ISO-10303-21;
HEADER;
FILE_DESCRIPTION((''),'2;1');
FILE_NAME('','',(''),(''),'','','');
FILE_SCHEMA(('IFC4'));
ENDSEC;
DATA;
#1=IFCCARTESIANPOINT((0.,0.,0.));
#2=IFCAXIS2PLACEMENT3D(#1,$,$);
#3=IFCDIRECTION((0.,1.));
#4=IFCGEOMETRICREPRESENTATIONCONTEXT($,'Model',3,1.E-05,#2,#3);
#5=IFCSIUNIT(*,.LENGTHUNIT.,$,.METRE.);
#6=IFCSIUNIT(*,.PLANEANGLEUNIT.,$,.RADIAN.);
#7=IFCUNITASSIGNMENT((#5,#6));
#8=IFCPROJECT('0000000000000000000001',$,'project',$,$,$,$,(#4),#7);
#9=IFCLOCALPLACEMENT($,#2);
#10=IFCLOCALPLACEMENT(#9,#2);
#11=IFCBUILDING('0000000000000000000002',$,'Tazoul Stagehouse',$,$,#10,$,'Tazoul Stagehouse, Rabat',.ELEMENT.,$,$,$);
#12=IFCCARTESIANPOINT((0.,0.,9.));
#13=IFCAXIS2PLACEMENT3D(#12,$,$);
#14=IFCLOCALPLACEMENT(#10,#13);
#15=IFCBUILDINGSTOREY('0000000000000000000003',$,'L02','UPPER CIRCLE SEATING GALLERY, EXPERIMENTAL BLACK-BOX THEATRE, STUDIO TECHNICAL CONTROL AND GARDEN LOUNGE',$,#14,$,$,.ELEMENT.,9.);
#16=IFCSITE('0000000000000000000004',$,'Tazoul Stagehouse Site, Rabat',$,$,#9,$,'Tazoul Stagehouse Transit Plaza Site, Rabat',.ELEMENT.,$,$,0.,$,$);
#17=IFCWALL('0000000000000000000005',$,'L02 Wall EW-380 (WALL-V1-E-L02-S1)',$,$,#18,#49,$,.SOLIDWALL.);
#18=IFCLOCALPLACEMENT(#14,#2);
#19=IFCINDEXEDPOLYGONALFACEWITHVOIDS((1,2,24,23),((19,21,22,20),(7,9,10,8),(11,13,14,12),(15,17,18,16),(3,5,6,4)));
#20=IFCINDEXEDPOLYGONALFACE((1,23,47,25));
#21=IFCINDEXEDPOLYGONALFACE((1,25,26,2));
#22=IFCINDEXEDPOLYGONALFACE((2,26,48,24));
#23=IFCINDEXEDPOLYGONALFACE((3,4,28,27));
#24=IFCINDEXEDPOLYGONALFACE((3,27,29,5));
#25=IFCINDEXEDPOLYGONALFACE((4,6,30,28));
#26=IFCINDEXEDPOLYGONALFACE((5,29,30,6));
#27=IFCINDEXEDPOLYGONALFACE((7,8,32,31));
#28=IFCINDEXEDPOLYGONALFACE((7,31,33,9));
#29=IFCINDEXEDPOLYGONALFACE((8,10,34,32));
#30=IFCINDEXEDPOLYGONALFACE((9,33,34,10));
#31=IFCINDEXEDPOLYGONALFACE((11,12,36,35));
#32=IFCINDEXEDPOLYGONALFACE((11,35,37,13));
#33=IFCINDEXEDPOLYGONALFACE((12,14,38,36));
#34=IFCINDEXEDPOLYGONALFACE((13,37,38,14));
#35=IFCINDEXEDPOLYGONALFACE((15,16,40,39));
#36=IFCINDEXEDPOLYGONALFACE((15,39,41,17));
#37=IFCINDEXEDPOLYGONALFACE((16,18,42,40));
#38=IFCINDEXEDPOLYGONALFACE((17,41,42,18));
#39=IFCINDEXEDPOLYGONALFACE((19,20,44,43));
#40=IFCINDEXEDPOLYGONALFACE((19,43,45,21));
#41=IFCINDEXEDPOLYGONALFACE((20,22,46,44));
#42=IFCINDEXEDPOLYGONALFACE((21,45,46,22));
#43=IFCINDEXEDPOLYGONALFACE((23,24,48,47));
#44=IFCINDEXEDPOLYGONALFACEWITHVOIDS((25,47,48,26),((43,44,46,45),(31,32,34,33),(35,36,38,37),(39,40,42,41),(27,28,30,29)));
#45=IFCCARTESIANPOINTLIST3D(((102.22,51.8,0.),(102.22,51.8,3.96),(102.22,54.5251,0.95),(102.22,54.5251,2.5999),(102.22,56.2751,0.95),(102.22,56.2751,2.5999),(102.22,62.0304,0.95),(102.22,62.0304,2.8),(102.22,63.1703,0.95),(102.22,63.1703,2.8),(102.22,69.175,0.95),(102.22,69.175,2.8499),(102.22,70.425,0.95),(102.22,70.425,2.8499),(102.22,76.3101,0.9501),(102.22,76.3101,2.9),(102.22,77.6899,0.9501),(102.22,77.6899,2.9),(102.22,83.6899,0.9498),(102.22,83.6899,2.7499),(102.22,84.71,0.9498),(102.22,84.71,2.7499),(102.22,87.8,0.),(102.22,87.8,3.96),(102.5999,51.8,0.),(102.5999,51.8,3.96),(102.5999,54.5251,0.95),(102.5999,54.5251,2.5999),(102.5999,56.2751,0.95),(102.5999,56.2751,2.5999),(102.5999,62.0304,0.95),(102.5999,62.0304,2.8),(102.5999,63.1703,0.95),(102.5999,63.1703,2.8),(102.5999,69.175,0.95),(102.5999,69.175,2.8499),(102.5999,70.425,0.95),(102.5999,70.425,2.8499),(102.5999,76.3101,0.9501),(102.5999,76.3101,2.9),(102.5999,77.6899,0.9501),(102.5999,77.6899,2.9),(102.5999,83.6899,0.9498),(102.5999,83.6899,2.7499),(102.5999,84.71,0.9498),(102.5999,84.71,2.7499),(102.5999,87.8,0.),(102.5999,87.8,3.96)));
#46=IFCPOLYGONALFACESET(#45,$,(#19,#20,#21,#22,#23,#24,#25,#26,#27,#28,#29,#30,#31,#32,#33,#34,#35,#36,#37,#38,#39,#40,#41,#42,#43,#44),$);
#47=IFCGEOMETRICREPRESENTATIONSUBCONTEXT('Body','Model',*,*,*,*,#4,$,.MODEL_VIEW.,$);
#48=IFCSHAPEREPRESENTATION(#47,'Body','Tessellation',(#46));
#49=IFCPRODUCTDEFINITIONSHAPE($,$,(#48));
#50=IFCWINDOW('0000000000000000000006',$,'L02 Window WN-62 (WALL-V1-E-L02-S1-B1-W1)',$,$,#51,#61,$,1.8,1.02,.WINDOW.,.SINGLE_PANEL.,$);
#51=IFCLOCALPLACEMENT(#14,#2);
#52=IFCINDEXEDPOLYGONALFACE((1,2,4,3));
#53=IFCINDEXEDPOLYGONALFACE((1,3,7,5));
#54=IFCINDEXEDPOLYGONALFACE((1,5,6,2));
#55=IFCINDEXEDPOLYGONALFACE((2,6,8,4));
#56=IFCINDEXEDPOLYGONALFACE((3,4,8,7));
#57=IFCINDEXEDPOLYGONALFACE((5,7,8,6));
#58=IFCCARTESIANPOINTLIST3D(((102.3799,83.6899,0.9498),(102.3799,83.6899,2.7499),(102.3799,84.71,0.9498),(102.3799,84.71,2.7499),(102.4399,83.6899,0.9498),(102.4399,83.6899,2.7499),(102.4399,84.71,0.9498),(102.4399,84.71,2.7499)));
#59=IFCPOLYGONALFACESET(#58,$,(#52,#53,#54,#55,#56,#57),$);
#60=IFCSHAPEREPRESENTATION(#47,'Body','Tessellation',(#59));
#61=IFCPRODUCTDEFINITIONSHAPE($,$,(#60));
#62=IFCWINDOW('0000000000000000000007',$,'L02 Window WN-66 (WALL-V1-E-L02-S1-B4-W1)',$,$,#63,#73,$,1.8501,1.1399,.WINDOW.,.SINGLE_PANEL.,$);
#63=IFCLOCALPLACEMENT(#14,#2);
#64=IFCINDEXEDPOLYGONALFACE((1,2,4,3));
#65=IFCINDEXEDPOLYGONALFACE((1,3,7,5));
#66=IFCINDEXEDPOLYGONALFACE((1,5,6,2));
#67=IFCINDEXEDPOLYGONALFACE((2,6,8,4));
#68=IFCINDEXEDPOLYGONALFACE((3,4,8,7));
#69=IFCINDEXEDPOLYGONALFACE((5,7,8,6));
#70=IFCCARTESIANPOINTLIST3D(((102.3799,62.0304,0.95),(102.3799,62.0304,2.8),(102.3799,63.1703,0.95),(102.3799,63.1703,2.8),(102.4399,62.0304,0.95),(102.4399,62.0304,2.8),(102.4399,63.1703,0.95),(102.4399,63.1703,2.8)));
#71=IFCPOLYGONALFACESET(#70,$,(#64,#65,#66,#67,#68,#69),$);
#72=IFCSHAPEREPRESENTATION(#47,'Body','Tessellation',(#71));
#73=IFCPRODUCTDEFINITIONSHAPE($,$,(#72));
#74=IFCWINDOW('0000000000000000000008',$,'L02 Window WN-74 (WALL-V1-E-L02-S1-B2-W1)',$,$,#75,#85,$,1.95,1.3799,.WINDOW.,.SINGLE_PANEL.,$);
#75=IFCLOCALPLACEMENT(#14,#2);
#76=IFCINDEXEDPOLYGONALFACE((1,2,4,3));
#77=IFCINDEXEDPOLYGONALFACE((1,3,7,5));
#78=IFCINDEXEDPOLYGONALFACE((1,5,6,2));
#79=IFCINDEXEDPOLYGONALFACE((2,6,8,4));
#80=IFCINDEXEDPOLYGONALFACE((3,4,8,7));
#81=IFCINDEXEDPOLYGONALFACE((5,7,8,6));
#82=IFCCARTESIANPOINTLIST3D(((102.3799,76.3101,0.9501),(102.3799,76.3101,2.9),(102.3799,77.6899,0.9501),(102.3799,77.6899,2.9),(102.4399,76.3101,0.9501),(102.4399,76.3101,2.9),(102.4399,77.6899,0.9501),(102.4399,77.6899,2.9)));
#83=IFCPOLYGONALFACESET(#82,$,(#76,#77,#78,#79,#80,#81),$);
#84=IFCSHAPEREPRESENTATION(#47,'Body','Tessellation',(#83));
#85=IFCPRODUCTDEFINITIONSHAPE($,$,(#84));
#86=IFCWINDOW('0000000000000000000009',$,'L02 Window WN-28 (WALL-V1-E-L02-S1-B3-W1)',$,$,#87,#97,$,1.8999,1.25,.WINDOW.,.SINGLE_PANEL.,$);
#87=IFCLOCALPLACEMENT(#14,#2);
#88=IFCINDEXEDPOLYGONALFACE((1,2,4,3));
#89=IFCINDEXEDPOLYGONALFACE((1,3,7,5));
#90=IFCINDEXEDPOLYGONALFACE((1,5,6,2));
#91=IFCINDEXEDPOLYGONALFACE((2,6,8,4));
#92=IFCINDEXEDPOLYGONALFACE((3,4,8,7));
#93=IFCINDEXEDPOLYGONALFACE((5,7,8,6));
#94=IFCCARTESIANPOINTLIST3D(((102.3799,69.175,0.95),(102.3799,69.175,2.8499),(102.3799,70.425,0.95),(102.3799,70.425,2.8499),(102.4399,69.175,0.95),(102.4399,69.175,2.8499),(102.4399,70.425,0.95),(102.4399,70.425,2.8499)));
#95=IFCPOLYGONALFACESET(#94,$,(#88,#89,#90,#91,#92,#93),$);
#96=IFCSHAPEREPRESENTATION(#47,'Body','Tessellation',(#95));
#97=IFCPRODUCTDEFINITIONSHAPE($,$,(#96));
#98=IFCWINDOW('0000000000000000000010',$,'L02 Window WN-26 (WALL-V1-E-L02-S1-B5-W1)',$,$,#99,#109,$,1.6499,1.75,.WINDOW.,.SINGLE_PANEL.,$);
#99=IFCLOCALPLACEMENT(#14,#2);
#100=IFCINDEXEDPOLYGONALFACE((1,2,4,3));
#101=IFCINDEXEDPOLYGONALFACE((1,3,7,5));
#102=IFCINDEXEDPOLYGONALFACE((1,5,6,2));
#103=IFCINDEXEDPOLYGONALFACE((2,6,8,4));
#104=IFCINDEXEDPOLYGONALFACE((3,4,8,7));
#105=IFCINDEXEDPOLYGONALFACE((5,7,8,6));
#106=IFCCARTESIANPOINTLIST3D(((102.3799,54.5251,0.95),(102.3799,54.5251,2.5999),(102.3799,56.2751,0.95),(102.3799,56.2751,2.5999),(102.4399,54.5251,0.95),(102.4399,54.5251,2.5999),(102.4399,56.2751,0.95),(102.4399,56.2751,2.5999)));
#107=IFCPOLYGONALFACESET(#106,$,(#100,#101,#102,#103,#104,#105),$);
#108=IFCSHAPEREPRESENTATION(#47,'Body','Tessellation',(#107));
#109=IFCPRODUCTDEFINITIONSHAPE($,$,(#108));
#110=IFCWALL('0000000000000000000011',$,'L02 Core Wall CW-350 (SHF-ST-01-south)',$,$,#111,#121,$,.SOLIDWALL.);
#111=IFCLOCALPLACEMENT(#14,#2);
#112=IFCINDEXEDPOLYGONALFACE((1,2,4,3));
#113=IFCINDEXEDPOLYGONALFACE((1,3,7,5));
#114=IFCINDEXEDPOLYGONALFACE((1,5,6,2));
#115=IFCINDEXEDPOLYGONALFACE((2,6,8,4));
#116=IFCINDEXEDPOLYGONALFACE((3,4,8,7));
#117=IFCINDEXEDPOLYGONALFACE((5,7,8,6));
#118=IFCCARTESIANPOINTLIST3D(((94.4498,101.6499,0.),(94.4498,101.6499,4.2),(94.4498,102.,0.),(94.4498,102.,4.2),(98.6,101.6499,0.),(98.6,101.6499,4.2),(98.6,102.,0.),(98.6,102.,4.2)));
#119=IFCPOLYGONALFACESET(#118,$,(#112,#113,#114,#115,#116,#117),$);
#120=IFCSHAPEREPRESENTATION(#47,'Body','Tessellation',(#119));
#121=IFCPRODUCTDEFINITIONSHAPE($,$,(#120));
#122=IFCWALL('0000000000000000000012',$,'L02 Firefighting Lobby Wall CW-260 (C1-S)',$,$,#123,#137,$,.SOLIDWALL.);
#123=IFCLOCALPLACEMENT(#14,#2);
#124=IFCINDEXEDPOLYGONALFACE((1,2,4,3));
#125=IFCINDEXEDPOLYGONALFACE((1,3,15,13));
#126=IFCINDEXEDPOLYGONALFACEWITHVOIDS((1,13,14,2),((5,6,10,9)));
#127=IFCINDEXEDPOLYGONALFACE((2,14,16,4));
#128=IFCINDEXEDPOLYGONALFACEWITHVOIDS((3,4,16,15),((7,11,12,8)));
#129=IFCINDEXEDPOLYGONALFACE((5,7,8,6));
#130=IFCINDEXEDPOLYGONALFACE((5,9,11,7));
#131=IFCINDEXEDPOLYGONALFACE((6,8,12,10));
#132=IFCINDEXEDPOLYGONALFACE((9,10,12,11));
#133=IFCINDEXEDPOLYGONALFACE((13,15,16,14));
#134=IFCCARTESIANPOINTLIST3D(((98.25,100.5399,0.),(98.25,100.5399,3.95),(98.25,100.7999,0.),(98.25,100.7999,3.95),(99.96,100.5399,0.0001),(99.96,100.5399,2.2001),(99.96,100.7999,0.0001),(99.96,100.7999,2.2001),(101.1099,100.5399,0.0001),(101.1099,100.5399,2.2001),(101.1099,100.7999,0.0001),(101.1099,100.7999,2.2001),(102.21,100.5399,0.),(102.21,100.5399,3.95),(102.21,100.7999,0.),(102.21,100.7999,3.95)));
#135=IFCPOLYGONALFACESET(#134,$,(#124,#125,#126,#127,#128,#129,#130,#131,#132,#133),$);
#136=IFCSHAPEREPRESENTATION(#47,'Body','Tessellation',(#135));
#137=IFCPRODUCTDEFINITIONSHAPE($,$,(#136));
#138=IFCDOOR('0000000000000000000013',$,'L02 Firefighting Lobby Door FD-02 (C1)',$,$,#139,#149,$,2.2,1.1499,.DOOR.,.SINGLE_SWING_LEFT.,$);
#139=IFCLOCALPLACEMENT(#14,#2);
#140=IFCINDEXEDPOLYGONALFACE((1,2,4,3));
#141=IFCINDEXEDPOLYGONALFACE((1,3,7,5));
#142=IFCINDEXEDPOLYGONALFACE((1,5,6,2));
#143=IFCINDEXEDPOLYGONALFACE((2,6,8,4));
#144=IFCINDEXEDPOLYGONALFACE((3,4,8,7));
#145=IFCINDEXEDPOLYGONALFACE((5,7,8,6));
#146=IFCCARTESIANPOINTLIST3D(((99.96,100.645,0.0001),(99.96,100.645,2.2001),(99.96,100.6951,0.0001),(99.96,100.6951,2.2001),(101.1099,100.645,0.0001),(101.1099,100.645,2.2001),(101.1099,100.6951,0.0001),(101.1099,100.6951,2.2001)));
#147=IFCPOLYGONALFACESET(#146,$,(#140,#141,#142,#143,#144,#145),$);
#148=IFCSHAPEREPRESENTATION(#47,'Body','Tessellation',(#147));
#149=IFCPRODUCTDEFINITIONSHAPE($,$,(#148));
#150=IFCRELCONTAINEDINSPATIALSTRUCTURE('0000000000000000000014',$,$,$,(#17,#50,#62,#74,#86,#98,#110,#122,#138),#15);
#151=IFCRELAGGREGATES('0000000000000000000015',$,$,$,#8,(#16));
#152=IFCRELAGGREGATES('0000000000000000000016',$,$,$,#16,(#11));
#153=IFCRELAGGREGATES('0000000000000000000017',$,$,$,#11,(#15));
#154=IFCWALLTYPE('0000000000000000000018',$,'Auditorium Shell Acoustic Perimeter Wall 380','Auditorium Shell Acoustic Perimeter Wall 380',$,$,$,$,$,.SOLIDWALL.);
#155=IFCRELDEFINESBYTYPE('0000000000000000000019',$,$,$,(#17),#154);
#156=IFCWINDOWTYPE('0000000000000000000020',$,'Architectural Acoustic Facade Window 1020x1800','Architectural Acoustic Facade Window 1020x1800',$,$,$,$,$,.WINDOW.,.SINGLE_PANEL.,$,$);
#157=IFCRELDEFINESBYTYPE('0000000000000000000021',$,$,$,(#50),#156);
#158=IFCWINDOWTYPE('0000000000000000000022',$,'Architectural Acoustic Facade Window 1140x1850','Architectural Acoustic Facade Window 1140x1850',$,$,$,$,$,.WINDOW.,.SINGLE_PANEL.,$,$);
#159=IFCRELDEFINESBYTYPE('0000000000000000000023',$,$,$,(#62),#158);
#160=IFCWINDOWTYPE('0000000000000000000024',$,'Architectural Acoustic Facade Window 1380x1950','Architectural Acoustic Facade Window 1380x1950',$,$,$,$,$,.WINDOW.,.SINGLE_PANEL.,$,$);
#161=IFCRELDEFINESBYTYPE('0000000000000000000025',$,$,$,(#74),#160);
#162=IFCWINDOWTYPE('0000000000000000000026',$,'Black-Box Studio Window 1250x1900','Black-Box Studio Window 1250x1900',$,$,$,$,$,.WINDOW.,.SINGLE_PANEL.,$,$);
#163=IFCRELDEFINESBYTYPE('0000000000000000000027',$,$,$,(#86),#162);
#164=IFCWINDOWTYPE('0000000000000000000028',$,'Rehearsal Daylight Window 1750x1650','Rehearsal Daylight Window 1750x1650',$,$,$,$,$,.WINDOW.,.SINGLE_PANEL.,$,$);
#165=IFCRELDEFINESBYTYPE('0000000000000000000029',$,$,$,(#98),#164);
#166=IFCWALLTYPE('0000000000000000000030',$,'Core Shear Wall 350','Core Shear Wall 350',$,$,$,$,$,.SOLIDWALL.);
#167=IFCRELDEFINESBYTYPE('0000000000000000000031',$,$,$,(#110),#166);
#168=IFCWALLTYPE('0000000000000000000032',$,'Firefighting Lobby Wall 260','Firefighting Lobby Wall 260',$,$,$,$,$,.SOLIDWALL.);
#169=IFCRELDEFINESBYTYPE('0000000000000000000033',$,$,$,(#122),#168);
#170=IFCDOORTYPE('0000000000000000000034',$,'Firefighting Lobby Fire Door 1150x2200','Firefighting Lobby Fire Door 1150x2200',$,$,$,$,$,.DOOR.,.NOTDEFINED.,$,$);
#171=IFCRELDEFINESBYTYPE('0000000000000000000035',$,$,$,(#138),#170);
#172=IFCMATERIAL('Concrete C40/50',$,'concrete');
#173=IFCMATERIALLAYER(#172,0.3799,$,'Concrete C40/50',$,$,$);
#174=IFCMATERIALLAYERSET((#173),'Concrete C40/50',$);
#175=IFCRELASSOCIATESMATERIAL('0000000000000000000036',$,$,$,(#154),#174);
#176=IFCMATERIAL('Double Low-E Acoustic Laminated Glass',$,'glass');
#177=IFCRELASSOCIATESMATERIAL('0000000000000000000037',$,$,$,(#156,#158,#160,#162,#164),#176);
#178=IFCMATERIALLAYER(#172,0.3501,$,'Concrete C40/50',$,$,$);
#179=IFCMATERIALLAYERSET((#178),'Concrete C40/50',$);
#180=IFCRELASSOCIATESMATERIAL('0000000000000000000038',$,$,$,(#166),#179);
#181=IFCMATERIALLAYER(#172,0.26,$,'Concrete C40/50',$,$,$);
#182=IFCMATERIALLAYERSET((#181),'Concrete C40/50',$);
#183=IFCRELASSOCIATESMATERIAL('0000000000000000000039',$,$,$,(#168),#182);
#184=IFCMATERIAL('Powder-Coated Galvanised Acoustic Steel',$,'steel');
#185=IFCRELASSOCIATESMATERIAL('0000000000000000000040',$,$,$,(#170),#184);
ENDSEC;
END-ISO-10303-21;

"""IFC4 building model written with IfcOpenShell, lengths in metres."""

from ifc_helpers import new_model, si_unit, direction, frame, frame_2d, origin, place, context, subcontext, project, spatial, rectangle, extrude, material, layer, layer_set, type_object, element, fill, save


model = new_model("IFC4")

# Units and contexts
model_context = context("Model", 3, precision=1e-05, world=origin(), true_north=direction((0.0, 1.0)))
body_context = subcontext(model_context, "Body", "Model", "MODEL_VIEW")
ifc_project = project(units=[si_unit("LENGTHUNIT", "METRE"), si_unit("PLANEANGLEUNIT", "RADIAN")], contexts=[model_context])

# Site, building, storey
site_placement = place(None, origin())
site = spatial("IfcSite", under=ifc_project, at=site_placement, Name="Tazoul Stagehouse Site, Rabat", LongName="Tazoul Stagehouse Transit Plaza Site, Rabat", CompositionType="ELEMENT", RefElevation=0.0)
building_placement = place(site_placement, origin())
building = spatial("IfcBuilding", under=site, at=building_placement, Name="Tazoul Stagehouse", LongName="Tazoul Stagehouse, Rabat", CompositionType="ELEMENT")
storey_placement = place(building_placement, frame((0.0, 0.0, 9.0)))
storey = spatial("IfcBuildingStorey", under=building, at=storey_placement, Name="L02", Description="UPPER CIRCLE SEATING GALLERY, EXPERIMENTAL BLACK-BOX THEATRE, STUDIO TECHNICAL CONTROL AND GARDEN LOUNGE", CompositionType="ELEMENT", Elevation=9.0)

# Shared definitions
ifc_material_1 = material(Name="Concrete C40/50", Category="concrete")

# Wall, openings, windows
ifc_layer_1 = layer(ifc_material_1, 0.3799, Name="Concrete C40/50")
ifc_layer_set_1 = layer_set([ifc_layer_1], Name="Concrete C40/50")
wall_type_1 = type_object("IfcWallType", Name="Auditorium Shell Acoustic Perimeter Wall 380", Description="Auditorium Shell Acoustic Perimeter Wall 380", PredefinedType="SOLIDWALL", material=ifc_layer_set_1)
wall_1_placement = place(storey_placement, frame((102.4099, 87.8, 0.0), z_axis=(0.0, 0.0, 1.0), x_axis=(0.0, -1.0, 0.0)))
wall_1 = element("IfcWall", 1, at=wall_1_placement, inside=storey, type_object=wall_type_1, Name="L02 Wall EW-380 (WALL-V1-E-L02-S1)", PredefinedType="SOLIDWALL", context=body_context, shape_type="SweptSolid", body=[
    extrude(rectangle(XDim=36.0, YDim=0.3799, at=frame_2d((18.0, 0.0))), origin(), (0.0, 0.0, 1.0), 3.96),
])
opening_1_placement = place(wall_1_placement, frame((3.0901, 0.0, 0.95)))
opening_1 = element("IfcOpeningElement", 2, at=opening_1_placement, cuts=wall_1, PredefinedType="OPENING", context=body_context, shape_type="SweptSolid", body=[
    extrude(rectangle(XDim=1.02, YDim=1.8, at=frame_2d((0.51, 0.8999))), frame((0.0, 0.21, 0.0), z_axis=(0.0, -1.0, 0.0), x_axis=(1.0, 0.0, 0.0)), (0.0, 0.0, 1.0), 0.4199),
])
opening_2_placement = place(wall_1_placement, frame((10.1101, 0.0, 0.95)))
opening_2 = element("IfcOpeningElement", 3, at=opening_2_placement, cuts=wall_1, PredefinedType="OPENING", context=body_context, shape_type="SweptSolid", body=[
    extrude(rectangle(XDim=1.3799, YDim=1.95, at=frame_2d((0.6899, 0.9751))), frame((0.0, 0.21, 0.0), z_axis=(0.0, -1.0, 0.0), x_axis=(1.0, 0.0, 0.0)), (0.0, 0.0, 1.0), 0.4199),
])
opening_3_placement = place(wall_1_placement, frame((17.375, 0.0, 0.95)))
opening_3 = element("IfcOpeningElement", 4, at=opening_3_placement, cuts=wall_1, PredefinedType="OPENING", context=body_context, shape_type="SweptSolid", body=[
    extrude(rectangle(XDim=1.25, YDim=1.8999, at=frame_2d((0.625, 0.95))), frame((0.0, 0.21, 0.0), z_axis=(0.0, -1.0, 0.0), x_axis=(1.0, 0.0, 0.0)), (0.0, 0.0, 1.0), 0.4199),
])
opening_4_placement = place(wall_1_placement, frame((24.6299, 0.0, 0.95)))
opening_4 = element("IfcOpeningElement", 5, at=opening_4_placement, cuts=wall_1, PredefinedType="OPENING", context=body_context, shape_type="SweptSolid", body=[
    extrude(rectangle(XDim=1.1399, YDim=1.8501, at=frame_2d((0.5698, 0.925))), frame((0.0, 0.21, 0.0), z_axis=(0.0, -1.0, 0.0), x_axis=(1.0, 0.0, 0.0)), (0.0, 0.0, 1.0), 0.4199),
])
opening_5_placement = place(wall_1_placement, frame((31.5249, 0.0, 0.95)))
opening_5 = element("IfcOpeningElement", 6, at=opening_5_placement, cuts=wall_1, PredefinedType="OPENING", context=body_context, shape_type="SweptSolid", body=[
    extrude(rectangle(XDim=1.75, YDim=1.6499, at=frame_2d((0.875, 0.825))), frame((0.0, 0.21, 0.0), z_axis=(0.0, -1.0, 0.0), x_axis=(1.0, 0.0, 0.0)), (0.0, 0.0, 1.0), 0.4199),
])
ifc_material_2 = material(Name="Double Low-E Acoustic Laminated Glass", Category="glass")
window_type_1 = type_object("IfcWindowType", Name="Architectural Acoustic Facade Window 1020x1800", Description="Architectural Acoustic Facade Window 1020x1800", PartitioningType="SINGLE_PANEL", PredefinedType="WINDOW", material=ifc_material_2)
window_1_placement = place(opening_1_placement, origin())
window_1 = element("IfcWindow", 7, at=window_1_placement, inside=storey, type_object=window_type_1, Name="L02 Window WN-62 (WALL-V1-E-L02-S1-B1-W1)", OverallHeight=1.8, OverallWidth=1.02, PartitioningType="SINGLE_PANEL", PredefinedType="WINDOW", context=body_context, shape_type="SweptSolid", body=[
    extrude(rectangle(XDim=1.02, YDim=1.8, at=frame_2d((0.51, 0.8999))), frame((0.0, 0.03, 0.0), z_axis=(0.0, -1.0, 0.0), x_axis=(1.0, 0.0, 0.0)), (0.0, 0.0, 1.0), 0.0601),
])
fill(opening_1, window_1)
window_type_2 = type_object("IfcWindowType", Name="Architectural Acoustic Facade Window 1140x1850", Description="Architectural Acoustic Facade Window 1140x1850", PartitioningType="SINGLE_PANEL", PredefinedType="WINDOW", material=ifc_material_2)
window_2_placement = place(opening_4_placement, origin())
window_2 = element("IfcWindow", 8, at=window_2_placement, inside=storey, type_object=window_type_2, Name="L02 Window WN-66 (WALL-V1-E-L02-S1-B4-W1)", OverallHeight=1.8501, OverallWidth=1.1399, PartitioningType="SINGLE_PANEL", PredefinedType="WINDOW", context=body_context, shape_type="SweptSolid", body=[
    extrude(rectangle(XDim=1.1399, YDim=1.8501, at=frame_2d((0.5698, 0.925))), frame((0.0, 0.03, 0.0), z_axis=(0.0, -1.0, 0.0), x_axis=(1.0, 0.0, 0.0)), (0.0, 0.0, 1.0), 0.0601),
])
fill(opening_4, window_2)
window_type_3 = type_object("IfcWindowType", Name="Architectural Acoustic Facade Window 1380x1950", Description="Architectural Acoustic Facade Window 1380x1950", PartitioningType="SINGLE_PANEL", PredefinedType="WINDOW", material=ifc_material_2)
window_3_placement = place(opening_2_placement, origin())
window_3 = element("IfcWindow", 9, at=window_3_placement, inside=storey, type_object=window_type_3, Name="L02 Window WN-74 (WALL-V1-E-L02-S1-B2-W1)", OverallHeight=1.95, OverallWidth=1.3799, PartitioningType="SINGLE_PANEL", PredefinedType="WINDOW", context=body_context, shape_type="SweptSolid", body=[
    extrude(rectangle(XDim=1.3799, YDim=1.95, at=frame_2d((0.6899, 0.9751))), frame((0.0, 0.03, 0.0), z_axis=(0.0, -1.0, 0.0), x_axis=(1.0, 0.0, 0.0)), (0.0, 0.0, 1.0), 0.0601),
])
fill(opening_2, window_3)
window_type_4 = type_object("IfcWindowType", Name="Black-Box Studio Window 1250x1900", Description="Black-Box Studio Window 1250x1900", PartitioningType="SINGLE_PANEL", PredefinedType="WINDOW", material=ifc_material_2)
window_4_placement = place(opening_3_placement, origin())
window_4 = element("IfcWindow", 10, at=window_4_placement, inside=storey, type_object=window_type_4, Name="L02 Window WN-28 (WALL-V1-E-L02-S1-B3-W1)", OverallHeight=1.8999, OverallWidth=1.25, PartitioningType="SINGLE_PANEL", PredefinedType="WINDOW", context=body_context, shape_type="SweptSolid", body=[
    extrude(rectangle(XDim=1.25, YDim=1.8999, at=frame_2d((0.625, 0.95))), frame((0.0, 0.03, 0.0), z_axis=(0.0, -1.0, 0.0), x_axis=(1.0, 0.0, 0.0)), (0.0, 0.0, 1.0), 0.0601),
])
fill(opening_3, window_4)
window_type_5 = type_object("IfcWindowType", Name="Rehearsal Daylight Window 1750x1650", Description="Rehearsal Daylight Window 1750x1650", PartitioningType="SINGLE_PANEL", PredefinedType="WINDOW", material=ifc_material_2)
window_5_placement = place(opening_5_placement, origin())
window_5 = element("IfcWindow", 11, at=window_5_placement, inside=storey, type_object=window_type_5, Name="L02 Window WN-26 (WALL-V1-E-L02-S1-B5-W1)", OverallHeight=1.6499, OverallWidth=1.75, PartitioningType="SINGLE_PANEL", PredefinedType="WINDOW", context=body_context, shape_type="SweptSolid", body=[
    extrude(rectangle(XDim=1.75, YDim=1.6499, at=frame_2d((0.875, 0.825))), frame((0.0, 0.03, 0.0), z_axis=(0.0, -1.0, 0.0), x_axis=(1.0, 0.0, 0.0)), (0.0, 0.0, 1.0), 0.0601),
])
fill(opening_5, window_5)

# Wall
ifc_layer_2 = layer(ifc_material_1, 0.3501, Name="Concrete C40/50")
ifc_layer_set_2 = layer_set([ifc_layer_2], Name="Concrete C40/50")
wall_type_2 = type_object("IfcWallType", Name="Core Shear Wall 350", Description="Core Shear Wall 350", PredefinedType="SOLIDWALL", material=ifc_layer_set_2)
wall_2_placement = place(storey_placement, frame((98.6001, 101.825, 0.0), z_axis=(0.0, 0.0, 1.0), x_axis=(-1.0, 0.0, 0.0)))
element("IfcWall", 12, at=wall_2_placement, inside=storey, type_object=wall_type_2, Name="L02 Core Wall CW-350 (SHF-ST-01-south)", PredefinedType="SOLIDWALL", context=body_context, shape_type="SweptSolid", body=[
    extrude(rectangle(XDim=4.1501, YDim=0.3501, at=frame_2d((2.0752, 0.0))), origin(), (0.0, 0.0, 1.0), 4.2),
])

# Wall, opening, door
ifc_layer_3 = layer(ifc_material_1, 0.26, Name="Concrete C40/50")
ifc_layer_set_3 = layer_set([ifc_layer_3], Name="Concrete C40/50")
wall_type_3 = type_object("IfcWallType", Name="Firefighting Lobby Wall 260", Description="Firefighting Lobby Wall 260", PredefinedType="SOLIDWALL", material=ifc_layer_set_3)
wall_3_placement = place(storey_placement, frame((102.21, 100.6699, 0.0), z_axis=(0.0, 0.0, 1.0), x_axis=(-1.0, 0.0, 0.0)))
wall_3 = element("IfcWall", 13, at=wall_3_placement, inside=storey, type_object=wall_type_3, Name="L02 Firefighting Lobby Wall CW-260 (C1-S)", PredefinedType="SOLIDWALL", context=body_context, shape_type="SweptSolid", body=[
    extrude(rectangle(XDim=3.96, YDim=0.26, at=frame_2d((1.98, 0.0))), origin(), (0.0, 0.0, 1.0), 3.95),
])
opening_6_placement = place(wall_3_placement, frame((1.1001, 0.0, 0.0)))
opening_6 = element("IfcOpeningElement", 14, at=opening_6_placement, cuts=wall_3, PredefinedType="OPENING", context=body_context, shape_type="SweptSolid", body=[
    extrude(rectangle(XDim=1.1499, YDim=2.2, at=frame_2d((0.575, 1.1001))), frame((0.0, 0.1499, 0.0), z_axis=(0.0, -1.0, 0.0), x_axis=(1.0, 0.0, 0.0)), (0.0, 0.0, 1.0), 0.3),
])
ifc_material_3 = material(Name="Powder-Coated Galvanised Acoustic Steel", Category="steel")
door_type_1 = type_object("IfcDoorType", Name="Firefighting Lobby Fire Door 1150x2200", Description="Firefighting Lobby Fire Door 1150x2200", OperationType="NOTDEFINED", PredefinedType="DOOR", material=ifc_material_3)
door_1_placement = place(opening_6_placement, origin())
door_1 = element("IfcDoor", 15, at=door_1_placement, inside=storey, type_object=door_type_1, Name="L02 Firefighting Lobby Door FD-02 (C1)", OperationType="SINGLE_SWING_LEFT", OverallHeight=2.2, OverallWidth=1.1499, PredefinedType="DOOR", context=body_context, shape_type="SweptSolid", body=[
    extrude(rectangle(XDim=1.1499, YDim=2.2, at=frame_2d((0.575, 1.1001))), frame((0.0, 0.0249, 0.0), z_axis=(0.0, -1.0, 0.0), x_axis=(1.0, 0.0, 0.0)), (0.0, 0.0, 1.0), 0.05),
])
fill(opening_6, door_1)

save(model, "model.ifc")
